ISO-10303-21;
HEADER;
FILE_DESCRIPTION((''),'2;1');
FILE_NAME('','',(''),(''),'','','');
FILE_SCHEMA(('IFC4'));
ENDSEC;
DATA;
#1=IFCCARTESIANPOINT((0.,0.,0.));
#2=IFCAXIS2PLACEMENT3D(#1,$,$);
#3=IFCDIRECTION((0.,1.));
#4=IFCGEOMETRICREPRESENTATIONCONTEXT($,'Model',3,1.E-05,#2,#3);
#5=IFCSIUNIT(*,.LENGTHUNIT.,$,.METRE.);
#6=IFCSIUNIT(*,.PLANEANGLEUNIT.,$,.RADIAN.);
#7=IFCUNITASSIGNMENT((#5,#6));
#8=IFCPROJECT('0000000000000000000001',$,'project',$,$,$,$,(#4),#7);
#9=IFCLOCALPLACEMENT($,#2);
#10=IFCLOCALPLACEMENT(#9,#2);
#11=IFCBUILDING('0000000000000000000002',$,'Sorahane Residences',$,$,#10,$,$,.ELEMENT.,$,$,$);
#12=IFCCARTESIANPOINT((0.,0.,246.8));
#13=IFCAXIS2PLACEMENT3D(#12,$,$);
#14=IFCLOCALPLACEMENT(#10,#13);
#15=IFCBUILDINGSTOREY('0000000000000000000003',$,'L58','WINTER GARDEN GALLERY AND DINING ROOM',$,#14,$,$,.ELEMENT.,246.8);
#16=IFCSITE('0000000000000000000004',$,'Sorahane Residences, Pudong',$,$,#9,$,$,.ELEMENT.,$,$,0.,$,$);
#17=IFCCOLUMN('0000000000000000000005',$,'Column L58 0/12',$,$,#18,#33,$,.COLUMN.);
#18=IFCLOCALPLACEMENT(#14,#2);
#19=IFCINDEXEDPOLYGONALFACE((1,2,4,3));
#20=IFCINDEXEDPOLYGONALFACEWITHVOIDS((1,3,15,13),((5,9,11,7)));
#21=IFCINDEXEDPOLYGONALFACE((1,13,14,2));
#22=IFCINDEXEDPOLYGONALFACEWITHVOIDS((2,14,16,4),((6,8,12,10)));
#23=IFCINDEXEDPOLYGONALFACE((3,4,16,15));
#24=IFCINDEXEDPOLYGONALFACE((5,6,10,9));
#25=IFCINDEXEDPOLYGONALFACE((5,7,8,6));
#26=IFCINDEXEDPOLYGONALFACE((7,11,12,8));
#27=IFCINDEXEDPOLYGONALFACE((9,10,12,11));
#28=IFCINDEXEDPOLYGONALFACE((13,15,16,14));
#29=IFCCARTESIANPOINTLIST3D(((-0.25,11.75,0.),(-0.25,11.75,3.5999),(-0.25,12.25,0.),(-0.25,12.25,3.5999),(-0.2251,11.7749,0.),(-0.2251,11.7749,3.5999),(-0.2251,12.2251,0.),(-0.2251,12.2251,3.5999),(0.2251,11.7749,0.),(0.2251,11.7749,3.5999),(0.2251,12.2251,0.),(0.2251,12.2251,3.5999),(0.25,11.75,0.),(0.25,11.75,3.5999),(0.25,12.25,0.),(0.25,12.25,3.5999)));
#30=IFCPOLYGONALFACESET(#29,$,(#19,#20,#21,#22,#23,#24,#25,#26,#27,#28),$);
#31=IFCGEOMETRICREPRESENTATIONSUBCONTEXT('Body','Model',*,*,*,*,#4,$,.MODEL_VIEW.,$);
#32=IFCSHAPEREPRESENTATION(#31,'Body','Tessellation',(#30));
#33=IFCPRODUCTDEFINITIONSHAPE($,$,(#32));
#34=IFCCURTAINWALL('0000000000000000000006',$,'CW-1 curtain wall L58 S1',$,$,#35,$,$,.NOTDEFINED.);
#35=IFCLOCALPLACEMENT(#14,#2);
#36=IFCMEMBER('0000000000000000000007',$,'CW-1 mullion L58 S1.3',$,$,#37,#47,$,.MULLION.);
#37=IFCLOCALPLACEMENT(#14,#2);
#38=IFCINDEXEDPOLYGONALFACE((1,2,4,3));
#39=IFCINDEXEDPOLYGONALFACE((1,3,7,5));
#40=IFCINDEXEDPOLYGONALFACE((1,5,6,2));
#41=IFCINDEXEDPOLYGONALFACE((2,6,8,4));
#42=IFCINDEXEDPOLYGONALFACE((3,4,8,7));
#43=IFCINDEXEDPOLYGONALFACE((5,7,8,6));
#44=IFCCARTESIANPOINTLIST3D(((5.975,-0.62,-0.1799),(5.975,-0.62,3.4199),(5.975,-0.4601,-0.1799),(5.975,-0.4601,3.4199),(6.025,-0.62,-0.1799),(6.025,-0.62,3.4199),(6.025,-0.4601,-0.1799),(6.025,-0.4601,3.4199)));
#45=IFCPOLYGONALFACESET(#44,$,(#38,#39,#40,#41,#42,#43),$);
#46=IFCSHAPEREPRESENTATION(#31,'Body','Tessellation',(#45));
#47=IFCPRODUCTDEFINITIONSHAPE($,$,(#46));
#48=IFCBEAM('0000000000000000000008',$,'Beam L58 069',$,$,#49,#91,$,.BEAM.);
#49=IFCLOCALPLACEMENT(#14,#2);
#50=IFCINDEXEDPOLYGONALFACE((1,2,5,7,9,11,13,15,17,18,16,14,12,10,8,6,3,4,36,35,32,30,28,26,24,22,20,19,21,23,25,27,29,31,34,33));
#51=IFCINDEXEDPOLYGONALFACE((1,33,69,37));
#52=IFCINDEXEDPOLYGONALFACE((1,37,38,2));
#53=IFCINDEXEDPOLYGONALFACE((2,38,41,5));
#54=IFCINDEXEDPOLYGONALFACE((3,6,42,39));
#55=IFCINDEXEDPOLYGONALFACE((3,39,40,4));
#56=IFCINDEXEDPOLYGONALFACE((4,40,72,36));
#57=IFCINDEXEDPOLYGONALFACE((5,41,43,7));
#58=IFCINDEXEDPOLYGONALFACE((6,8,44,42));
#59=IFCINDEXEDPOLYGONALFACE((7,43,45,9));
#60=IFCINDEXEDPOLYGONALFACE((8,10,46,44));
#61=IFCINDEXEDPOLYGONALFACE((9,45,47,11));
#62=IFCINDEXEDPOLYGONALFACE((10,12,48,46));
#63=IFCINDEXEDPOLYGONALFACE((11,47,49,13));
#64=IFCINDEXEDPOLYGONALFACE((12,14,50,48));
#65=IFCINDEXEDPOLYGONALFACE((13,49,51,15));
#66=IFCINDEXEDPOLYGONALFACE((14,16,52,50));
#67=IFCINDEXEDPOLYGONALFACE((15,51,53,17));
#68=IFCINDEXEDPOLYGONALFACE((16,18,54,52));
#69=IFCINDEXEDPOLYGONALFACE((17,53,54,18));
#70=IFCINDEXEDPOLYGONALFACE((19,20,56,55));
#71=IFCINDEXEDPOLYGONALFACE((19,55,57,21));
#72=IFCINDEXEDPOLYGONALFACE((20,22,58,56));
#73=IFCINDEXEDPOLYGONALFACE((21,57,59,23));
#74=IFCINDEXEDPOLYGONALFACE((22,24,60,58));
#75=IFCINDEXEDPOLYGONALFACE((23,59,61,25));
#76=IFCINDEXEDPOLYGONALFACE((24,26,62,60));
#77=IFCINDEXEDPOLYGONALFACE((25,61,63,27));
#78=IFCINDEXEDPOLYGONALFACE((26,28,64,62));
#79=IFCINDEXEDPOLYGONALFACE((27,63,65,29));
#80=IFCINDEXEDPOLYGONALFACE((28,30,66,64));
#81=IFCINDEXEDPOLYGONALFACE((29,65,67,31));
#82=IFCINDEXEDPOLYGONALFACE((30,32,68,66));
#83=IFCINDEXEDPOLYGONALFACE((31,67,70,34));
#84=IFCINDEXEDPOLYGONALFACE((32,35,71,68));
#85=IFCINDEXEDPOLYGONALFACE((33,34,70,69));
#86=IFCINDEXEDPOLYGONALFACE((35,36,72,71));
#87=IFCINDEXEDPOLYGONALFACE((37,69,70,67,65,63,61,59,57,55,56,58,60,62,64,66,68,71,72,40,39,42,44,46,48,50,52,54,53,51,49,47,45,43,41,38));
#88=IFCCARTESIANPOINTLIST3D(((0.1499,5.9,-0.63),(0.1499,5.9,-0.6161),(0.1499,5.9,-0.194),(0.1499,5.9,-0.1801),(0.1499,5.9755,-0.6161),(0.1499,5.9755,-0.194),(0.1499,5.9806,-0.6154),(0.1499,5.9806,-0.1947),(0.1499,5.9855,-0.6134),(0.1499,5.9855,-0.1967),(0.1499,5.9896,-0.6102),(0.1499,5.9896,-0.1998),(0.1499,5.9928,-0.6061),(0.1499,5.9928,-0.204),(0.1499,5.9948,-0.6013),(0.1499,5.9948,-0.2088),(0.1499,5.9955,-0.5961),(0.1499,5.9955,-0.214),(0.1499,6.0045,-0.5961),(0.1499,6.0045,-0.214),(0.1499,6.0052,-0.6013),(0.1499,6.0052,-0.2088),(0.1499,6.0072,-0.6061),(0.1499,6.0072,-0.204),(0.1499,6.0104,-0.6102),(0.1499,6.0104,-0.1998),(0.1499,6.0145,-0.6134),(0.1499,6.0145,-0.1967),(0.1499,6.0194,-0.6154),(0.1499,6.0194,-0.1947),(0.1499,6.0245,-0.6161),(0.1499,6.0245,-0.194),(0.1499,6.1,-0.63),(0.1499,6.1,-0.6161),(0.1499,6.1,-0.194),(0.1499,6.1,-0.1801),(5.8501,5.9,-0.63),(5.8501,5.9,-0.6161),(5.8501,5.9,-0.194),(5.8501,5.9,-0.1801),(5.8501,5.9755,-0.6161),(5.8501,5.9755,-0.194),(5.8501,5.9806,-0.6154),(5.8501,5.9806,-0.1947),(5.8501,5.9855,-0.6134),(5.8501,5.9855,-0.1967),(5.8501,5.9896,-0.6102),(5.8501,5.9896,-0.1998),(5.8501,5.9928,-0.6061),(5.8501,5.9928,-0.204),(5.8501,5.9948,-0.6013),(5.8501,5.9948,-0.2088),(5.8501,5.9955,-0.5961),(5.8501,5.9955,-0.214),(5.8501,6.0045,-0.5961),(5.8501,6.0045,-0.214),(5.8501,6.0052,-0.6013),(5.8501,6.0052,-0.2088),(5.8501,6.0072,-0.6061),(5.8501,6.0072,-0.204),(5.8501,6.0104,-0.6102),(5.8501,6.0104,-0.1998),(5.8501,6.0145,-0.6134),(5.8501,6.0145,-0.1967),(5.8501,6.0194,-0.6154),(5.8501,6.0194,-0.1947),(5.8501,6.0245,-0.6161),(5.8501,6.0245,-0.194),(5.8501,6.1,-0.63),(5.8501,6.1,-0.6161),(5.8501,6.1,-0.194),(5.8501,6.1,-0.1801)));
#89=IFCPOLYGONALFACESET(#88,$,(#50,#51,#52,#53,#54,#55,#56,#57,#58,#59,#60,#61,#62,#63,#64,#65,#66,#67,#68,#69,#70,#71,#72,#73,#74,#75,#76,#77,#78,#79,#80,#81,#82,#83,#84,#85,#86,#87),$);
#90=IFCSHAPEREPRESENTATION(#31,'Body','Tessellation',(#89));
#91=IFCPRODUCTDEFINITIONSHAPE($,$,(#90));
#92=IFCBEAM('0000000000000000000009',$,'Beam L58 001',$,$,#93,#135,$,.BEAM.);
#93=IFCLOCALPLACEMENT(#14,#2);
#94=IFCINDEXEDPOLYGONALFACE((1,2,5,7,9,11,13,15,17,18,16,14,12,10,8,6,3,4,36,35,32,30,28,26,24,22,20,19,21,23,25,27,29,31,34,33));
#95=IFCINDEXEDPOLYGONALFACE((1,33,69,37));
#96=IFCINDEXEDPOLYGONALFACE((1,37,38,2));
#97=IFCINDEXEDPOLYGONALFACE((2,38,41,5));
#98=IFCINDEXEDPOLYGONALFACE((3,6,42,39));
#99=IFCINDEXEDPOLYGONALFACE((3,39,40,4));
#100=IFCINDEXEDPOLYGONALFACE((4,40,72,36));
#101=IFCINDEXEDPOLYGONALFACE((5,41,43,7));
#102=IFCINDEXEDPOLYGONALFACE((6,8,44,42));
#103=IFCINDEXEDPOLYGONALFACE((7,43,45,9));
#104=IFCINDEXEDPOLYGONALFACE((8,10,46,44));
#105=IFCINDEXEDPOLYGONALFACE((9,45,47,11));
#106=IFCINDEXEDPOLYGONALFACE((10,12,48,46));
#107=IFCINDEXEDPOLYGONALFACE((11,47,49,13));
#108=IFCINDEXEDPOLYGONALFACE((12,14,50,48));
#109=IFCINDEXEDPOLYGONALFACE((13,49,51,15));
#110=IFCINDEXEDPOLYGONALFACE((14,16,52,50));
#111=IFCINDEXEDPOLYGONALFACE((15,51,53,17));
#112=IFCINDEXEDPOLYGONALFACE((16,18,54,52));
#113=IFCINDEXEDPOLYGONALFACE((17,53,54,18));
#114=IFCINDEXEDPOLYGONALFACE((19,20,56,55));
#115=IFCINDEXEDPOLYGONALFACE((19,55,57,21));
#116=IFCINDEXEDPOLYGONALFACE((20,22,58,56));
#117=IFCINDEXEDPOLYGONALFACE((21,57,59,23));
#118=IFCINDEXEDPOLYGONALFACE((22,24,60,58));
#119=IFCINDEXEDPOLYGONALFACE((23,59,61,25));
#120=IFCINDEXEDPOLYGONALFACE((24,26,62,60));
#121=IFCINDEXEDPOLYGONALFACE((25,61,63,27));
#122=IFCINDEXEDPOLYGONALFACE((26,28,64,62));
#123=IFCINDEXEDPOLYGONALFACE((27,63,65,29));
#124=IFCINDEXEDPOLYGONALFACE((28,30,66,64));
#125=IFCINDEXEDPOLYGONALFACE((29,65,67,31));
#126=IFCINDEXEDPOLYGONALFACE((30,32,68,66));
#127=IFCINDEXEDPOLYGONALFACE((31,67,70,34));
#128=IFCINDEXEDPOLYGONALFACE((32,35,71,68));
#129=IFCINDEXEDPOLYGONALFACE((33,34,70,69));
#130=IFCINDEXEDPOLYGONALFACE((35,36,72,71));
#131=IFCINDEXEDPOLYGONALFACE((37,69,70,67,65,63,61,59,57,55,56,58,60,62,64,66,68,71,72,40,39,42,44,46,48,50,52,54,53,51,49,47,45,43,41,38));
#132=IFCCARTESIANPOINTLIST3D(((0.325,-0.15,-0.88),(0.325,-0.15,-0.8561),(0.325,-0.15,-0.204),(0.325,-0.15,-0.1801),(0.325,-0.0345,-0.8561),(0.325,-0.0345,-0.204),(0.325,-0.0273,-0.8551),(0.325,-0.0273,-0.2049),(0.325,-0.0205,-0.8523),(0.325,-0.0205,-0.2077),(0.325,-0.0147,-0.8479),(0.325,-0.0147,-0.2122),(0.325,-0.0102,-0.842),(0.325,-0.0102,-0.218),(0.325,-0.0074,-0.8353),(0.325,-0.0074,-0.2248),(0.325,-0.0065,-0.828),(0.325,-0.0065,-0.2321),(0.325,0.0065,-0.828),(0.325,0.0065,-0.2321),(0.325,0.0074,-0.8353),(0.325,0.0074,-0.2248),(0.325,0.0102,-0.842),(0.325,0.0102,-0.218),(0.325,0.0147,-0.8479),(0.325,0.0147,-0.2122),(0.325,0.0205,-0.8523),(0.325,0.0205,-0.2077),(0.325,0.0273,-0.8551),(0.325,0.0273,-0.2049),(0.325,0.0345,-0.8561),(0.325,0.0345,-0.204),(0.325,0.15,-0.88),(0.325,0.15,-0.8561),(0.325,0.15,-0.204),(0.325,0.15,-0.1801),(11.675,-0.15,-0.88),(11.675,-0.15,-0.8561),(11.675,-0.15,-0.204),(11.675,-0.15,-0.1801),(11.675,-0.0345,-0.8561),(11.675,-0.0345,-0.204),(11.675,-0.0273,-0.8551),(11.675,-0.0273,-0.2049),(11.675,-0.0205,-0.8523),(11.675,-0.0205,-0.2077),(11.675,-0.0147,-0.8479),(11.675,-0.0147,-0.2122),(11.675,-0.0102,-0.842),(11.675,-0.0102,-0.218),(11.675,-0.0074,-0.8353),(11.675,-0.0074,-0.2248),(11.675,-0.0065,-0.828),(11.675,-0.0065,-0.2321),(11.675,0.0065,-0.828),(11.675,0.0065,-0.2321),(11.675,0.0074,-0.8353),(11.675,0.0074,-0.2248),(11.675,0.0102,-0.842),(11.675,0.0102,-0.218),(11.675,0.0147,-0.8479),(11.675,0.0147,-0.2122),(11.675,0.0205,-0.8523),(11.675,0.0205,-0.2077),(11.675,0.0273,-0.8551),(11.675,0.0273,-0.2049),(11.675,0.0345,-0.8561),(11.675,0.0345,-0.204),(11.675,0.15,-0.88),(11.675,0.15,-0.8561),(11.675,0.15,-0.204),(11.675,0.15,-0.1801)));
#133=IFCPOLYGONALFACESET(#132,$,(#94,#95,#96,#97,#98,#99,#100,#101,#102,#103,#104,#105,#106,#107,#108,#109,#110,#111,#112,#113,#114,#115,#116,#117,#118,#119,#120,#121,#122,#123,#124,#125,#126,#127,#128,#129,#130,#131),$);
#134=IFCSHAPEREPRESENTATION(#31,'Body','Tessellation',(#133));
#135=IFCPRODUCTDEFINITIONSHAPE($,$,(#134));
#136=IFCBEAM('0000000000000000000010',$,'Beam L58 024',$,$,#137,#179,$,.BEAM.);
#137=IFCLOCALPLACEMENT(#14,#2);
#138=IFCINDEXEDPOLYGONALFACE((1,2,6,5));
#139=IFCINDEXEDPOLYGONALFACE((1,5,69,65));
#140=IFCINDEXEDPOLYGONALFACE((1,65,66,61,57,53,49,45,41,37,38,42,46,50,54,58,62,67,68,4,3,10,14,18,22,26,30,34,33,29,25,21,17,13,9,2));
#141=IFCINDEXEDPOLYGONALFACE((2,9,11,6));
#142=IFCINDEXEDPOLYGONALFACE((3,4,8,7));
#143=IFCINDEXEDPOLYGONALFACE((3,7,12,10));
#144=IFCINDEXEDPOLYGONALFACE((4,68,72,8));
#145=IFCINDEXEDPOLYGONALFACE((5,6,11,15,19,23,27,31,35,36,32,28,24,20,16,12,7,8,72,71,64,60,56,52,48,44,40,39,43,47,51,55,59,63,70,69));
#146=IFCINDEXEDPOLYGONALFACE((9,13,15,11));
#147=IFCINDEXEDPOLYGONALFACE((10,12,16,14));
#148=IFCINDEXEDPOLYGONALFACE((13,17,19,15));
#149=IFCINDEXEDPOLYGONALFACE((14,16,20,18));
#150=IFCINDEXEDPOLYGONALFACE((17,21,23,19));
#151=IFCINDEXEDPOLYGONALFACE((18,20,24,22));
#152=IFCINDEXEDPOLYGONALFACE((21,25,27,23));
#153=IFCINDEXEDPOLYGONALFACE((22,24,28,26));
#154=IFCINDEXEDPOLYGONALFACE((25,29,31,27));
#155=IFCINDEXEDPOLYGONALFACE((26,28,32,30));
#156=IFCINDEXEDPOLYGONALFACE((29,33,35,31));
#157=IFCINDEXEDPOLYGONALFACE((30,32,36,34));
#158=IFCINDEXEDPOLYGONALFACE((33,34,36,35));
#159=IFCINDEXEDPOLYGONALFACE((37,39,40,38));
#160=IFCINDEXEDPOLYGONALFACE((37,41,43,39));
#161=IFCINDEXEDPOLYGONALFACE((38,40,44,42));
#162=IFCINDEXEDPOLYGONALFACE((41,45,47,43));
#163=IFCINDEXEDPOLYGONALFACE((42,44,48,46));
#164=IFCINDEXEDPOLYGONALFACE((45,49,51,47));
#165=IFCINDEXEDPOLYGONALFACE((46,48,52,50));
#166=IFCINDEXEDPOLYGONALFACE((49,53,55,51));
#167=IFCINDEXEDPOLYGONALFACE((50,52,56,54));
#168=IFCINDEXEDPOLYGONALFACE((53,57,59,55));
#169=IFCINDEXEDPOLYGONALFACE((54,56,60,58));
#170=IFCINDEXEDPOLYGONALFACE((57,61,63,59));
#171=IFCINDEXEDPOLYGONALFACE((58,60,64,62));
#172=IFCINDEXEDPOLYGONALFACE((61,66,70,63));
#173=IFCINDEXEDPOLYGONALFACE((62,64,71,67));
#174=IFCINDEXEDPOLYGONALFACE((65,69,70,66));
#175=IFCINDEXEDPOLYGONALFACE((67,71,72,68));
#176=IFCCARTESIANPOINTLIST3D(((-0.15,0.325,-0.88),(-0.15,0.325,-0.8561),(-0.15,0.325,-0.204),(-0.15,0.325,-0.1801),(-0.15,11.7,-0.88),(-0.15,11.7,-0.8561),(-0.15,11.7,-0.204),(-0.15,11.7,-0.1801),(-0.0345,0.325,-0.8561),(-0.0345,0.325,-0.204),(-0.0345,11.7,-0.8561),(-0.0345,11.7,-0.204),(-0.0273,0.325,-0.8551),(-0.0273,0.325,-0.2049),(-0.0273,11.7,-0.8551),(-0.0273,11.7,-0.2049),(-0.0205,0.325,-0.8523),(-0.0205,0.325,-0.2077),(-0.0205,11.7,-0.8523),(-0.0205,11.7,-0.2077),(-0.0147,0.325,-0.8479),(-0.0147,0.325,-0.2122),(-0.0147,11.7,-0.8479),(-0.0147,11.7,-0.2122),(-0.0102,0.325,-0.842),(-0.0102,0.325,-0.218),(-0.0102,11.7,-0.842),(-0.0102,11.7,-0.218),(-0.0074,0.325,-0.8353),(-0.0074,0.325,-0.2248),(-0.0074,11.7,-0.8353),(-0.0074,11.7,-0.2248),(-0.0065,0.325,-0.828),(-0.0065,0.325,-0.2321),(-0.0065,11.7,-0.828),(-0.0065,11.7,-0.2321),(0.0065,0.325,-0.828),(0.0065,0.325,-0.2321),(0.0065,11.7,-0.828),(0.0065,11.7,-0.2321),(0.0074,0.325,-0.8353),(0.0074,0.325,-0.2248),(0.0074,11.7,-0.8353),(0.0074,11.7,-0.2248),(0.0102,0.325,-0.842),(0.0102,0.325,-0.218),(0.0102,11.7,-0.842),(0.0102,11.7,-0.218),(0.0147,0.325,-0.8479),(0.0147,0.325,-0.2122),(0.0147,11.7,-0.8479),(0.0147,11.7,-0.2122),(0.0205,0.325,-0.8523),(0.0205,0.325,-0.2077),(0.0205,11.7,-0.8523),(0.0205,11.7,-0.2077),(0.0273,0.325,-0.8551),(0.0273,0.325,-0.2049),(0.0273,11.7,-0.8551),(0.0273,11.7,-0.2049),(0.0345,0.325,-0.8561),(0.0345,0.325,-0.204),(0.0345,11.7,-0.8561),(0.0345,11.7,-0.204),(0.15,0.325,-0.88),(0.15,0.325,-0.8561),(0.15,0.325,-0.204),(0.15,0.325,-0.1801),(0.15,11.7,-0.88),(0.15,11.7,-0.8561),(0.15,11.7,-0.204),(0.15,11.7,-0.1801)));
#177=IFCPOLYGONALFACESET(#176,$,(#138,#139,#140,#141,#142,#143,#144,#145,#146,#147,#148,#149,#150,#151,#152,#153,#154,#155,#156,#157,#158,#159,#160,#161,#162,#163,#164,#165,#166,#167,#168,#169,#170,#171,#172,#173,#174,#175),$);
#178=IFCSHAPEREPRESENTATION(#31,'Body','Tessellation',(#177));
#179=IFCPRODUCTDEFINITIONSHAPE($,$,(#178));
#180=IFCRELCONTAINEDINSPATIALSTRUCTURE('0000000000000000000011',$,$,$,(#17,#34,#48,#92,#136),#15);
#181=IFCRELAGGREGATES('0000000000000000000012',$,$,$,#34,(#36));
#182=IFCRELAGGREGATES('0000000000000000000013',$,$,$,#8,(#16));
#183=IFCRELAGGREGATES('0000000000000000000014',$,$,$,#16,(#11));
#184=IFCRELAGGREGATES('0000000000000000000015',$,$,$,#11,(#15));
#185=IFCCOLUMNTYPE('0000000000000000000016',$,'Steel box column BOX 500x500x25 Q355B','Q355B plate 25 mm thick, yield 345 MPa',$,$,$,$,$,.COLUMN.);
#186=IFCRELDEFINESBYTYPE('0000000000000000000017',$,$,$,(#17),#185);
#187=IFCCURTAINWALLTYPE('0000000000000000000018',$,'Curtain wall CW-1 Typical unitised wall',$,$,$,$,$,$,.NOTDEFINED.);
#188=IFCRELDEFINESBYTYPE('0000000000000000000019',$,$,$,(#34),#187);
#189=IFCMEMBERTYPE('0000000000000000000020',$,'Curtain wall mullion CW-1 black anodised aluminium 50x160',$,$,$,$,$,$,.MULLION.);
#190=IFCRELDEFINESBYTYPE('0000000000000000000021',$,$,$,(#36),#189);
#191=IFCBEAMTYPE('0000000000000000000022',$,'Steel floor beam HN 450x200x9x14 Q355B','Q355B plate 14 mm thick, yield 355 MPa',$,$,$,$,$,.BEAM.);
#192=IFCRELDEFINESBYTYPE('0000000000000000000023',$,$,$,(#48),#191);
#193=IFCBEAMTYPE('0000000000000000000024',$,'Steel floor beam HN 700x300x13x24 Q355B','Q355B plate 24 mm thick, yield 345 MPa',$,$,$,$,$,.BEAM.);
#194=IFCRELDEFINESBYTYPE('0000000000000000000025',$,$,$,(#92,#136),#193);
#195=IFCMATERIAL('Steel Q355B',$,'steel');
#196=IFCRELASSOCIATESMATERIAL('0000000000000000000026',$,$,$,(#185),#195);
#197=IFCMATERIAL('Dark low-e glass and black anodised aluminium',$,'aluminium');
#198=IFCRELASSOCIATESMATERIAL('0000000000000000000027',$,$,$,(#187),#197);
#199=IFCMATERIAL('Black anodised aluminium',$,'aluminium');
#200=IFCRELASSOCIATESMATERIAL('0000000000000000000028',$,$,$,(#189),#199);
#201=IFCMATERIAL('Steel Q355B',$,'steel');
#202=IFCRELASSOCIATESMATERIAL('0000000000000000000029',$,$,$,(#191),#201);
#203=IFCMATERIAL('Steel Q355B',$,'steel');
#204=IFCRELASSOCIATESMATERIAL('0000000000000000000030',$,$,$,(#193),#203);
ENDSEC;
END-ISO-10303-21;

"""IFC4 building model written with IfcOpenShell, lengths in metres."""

from ifc_helpers import new_model, si_unit, direction, frame, origin, origin_2d, place, context, subcontext, project, spatial, rectangle, hollow_rectangle, i_section, extrude, material, material_profile, profile_set, type_object, element, aggregate, save


model = new_model("IFC4")

# Units and contexts
model_context = context("Model", 3, precision=1e-05, world=origin(), true_north=direction((0.0, 1.0)))
body_context = subcontext(model_context, "Body", "Model", "MODEL_VIEW")
ifc_project = project(units=[si_unit("LENGTHUNIT", "METRE"), si_unit("PLANEANGLEUNIT", "RADIAN")], contexts=[model_context])

# Site, building, storey
site_placement = place(None, origin())
site = spatial("IfcSite", under=ifc_project, at=site_placement, Name="Sorahane Residences, Pudong", CompositionType="ELEMENT", RefElevation=0.0)
building_placement = place(site_placement, origin())
building = spatial("IfcBuilding", under=site, at=building_placement, Name="Sorahane Residences", CompositionType="ELEMENT")
storey_placement = place(building_placement, frame((0.0, 0.0, 246.8)))
storey = spatial("IfcBuildingStorey", under=building, at=storey_placement, Name="L58", Description="WINTER GARDEN GALLERY AND DINING ROOM", CompositionType="ELEMENT", Elevation=246.8)

# Column
ifc_material_1 = material(Name="Steel Q355B", Category="steel")
ifc_material_profile_1 = material_profile(ifc_material_1, hollow_rectangle(XDim=0.5, YDim=0.5, WallThickness=0.0249, at=origin_2d()), Name="BOX 500x500x25")
ifc_profile_set_1 = profile_set([ifc_material_profile_1], Name="Steel Q355B")
column_type = type_object("IfcColumnType", Name="Steel box column BOX 500x500x25 Q355B", Description="Q355B plate 25 mm thick, yield 345 MPa", PredefinedType="COLUMN", material=ifc_profile_set_1)
column_placement = place(storey_placement, frame((0.0, 12.0, 0.0), z_axis=(0.0, 0.0, 1.0), x_axis=(1.0, 0.0, 0.0)))
element("IfcColumn", 1, at=column_placement, inside=storey, type_object=column_type, Name="Column L58 0/12", PredefinedType="COLUMN", context=body_context, shape_type="SweptSolid", body=[
    extrude(hollow_rectangle(XDim=0.5, YDim=0.5, WallThickness=0.0249, at=origin_2d()), origin(), (0.0, 0.0, 1.0), 3.5999),
])

# Curtain wall, member
ifc_material_2 = material(Name="Dark low-e glass and black anodised aluminium", Category="aluminium")
curtain_wall_type = type_object("IfcCurtainWallType", Name="Curtain wall CW-1 Typical unitised wall", PredefinedType="NOTDEFINED", material=ifc_material_2)
curtain_wall_placement = place(storey_placement, origin())
curtain_wall = element("IfcCurtainWall", 2, at=curtain_wall_placement, inside=storey, type_object=curtain_wall_type, Name="CW-1 curtain wall L58 S1", PredefinedType="NOTDEFINED")
ifc_material_3 = material(Name="Black anodised aluminium", Category="aluminium")
ifc_material_profile_2 = material_profile(ifc_material_3, rectangle(XDim=0.1599, YDim=0.05, at=origin_2d()), Name="Curtain wall mullion CW-1 black anodised aluminium 50x160")
ifc_profile_set_2 = profile_set([ifc_material_profile_2], Name="Black anodised aluminium")
member_type = type_object("IfcMemberType", Name="Curtain wall mullion CW-1 black anodised aluminium 50x160", PredefinedType="MULLION", material=ifc_profile_set_2)
member_placement = place(storey_placement, frame((6.0, -0.54, -0.1799), z_axis=(0.0, 0.0, 1.0), x_axis=(0.0, -1.0, 0.0)))
member = element("IfcMember", 3, at=member_placement, type_object=member_type, Name="CW-1 mullion L58 S1.3", PredefinedType="MULLION", context=body_context, shape_type="SweptSolid", body=[
    extrude(rectangle(XDim=0.1599, YDim=0.05, at=origin_2d()), origin(), (0.0, 0.0, 1.0), 3.5999),
])

# Beams
ifc_material_4 = material(Name="Steel Q355B", Category="steel")
ifc_material_profile_3 = material_profile(ifc_material_4, i_section(OverallWidth=0.2, OverallDepth=0.45, WebThickness=0.009, FlangeThickness=0.0139, FilletRadius=0.02, at=origin_2d()), Name="HN 450x200x9x14")
ifc_profile_set_3 = profile_set([ifc_material_profile_3], Name="Steel Q355B")
beam_type_1 = type_object("IfcBeamType", Name="Steel floor beam HN 450x200x9x14 Q355B", Description="Q355B plate 14 mm thick, yield 355 MPa", PredefinedType="BEAM", material=ifc_profile_set_3)
beam_1_placement = place(storey_placement, frame((0.1499, 6.0, -0.405), z_axis=(1.0, 0.0, 0.0), x_axis=(0.0, 1.0, 0.0)))
element("IfcBeam", 4, at=beam_1_placement, inside=storey, type_object=beam_type_1, Name="Beam L58 069", PredefinedType="BEAM", context=body_context, shape_type="SweptSolid", body=[
    extrude(i_section(OverallWidth=0.2, OverallDepth=0.45, WebThickness=0.009, FlangeThickness=0.0139, FilletRadius=0.02, at=origin_2d()), origin(), (0.0, 0.0, 1.0), 5.7002),
])
ifc_material_5 = material(Name="Steel Q355B", Category="steel")
ifc_material_profile_4 = material_profile(ifc_material_5, i_section(OverallWidth=0.3, OverallDepth=0.7, WebThickness=0.0129, FlangeThickness=0.0239, FilletRadius=0.0281, at=origin_2d()), Name="HN 700x300x13x24")
ifc_profile_set_4 = profile_set([ifc_material_profile_4], Name="Steel Q355B")
beam_type_2 = type_object("IfcBeamType", Name="Steel floor beam HN 700x300x13x24 Q355B", Description="Q355B plate 24 mm thick, yield 345 MPa", PredefinedType="BEAM", material=ifc_profile_set_4)
beam_2_placement = place(storey_placement, frame((0.325, 0.0, -0.53), z_axis=(1.0, 0.0, 0.0), x_axis=(0.0, 1.0, 0.0)))
element("IfcBeam", 5, at=beam_2_placement, inside=storey, type_object=beam_type_2, Name="Beam L58 001", PredefinedType="BEAM", context=body_context, shape_type="SweptSolid", body=[
    extrude(i_section(OverallWidth=0.3, OverallDepth=0.7, WebThickness=0.0129, FlangeThickness=0.0239, FilletRadius=0.0281, at=origin_2d()), origin(), (0.0, 0.0, 1.0), 11.3501),
])
beam_3_placement = place(storey_placement, frame((0.0, 0.325, -0.53), z_axis=(0.0, 1.0, 0.0), x_axis=(-1.0, 0.0, 0.0)))
element("IfcBeam", 6, at=beam_3_placement, inside=storey, type_object=beam_type_2, Name="Beam L58 024", PredefinedType="BEAM", context=body_context, shape_type="SweptSolid", body=[
    extrude(i_section(OverallWidth=0.3, OverallDepth=0.7, WebThickness=0.0129, FlangeThickness=0.0239, FilletRadius=0.0281, at=origin_2d()), origin(), (0.0, 0.0, 1.0), 11.375),
])

aggregate(curtain_wall, [member])

save(model, "model.ifc")
